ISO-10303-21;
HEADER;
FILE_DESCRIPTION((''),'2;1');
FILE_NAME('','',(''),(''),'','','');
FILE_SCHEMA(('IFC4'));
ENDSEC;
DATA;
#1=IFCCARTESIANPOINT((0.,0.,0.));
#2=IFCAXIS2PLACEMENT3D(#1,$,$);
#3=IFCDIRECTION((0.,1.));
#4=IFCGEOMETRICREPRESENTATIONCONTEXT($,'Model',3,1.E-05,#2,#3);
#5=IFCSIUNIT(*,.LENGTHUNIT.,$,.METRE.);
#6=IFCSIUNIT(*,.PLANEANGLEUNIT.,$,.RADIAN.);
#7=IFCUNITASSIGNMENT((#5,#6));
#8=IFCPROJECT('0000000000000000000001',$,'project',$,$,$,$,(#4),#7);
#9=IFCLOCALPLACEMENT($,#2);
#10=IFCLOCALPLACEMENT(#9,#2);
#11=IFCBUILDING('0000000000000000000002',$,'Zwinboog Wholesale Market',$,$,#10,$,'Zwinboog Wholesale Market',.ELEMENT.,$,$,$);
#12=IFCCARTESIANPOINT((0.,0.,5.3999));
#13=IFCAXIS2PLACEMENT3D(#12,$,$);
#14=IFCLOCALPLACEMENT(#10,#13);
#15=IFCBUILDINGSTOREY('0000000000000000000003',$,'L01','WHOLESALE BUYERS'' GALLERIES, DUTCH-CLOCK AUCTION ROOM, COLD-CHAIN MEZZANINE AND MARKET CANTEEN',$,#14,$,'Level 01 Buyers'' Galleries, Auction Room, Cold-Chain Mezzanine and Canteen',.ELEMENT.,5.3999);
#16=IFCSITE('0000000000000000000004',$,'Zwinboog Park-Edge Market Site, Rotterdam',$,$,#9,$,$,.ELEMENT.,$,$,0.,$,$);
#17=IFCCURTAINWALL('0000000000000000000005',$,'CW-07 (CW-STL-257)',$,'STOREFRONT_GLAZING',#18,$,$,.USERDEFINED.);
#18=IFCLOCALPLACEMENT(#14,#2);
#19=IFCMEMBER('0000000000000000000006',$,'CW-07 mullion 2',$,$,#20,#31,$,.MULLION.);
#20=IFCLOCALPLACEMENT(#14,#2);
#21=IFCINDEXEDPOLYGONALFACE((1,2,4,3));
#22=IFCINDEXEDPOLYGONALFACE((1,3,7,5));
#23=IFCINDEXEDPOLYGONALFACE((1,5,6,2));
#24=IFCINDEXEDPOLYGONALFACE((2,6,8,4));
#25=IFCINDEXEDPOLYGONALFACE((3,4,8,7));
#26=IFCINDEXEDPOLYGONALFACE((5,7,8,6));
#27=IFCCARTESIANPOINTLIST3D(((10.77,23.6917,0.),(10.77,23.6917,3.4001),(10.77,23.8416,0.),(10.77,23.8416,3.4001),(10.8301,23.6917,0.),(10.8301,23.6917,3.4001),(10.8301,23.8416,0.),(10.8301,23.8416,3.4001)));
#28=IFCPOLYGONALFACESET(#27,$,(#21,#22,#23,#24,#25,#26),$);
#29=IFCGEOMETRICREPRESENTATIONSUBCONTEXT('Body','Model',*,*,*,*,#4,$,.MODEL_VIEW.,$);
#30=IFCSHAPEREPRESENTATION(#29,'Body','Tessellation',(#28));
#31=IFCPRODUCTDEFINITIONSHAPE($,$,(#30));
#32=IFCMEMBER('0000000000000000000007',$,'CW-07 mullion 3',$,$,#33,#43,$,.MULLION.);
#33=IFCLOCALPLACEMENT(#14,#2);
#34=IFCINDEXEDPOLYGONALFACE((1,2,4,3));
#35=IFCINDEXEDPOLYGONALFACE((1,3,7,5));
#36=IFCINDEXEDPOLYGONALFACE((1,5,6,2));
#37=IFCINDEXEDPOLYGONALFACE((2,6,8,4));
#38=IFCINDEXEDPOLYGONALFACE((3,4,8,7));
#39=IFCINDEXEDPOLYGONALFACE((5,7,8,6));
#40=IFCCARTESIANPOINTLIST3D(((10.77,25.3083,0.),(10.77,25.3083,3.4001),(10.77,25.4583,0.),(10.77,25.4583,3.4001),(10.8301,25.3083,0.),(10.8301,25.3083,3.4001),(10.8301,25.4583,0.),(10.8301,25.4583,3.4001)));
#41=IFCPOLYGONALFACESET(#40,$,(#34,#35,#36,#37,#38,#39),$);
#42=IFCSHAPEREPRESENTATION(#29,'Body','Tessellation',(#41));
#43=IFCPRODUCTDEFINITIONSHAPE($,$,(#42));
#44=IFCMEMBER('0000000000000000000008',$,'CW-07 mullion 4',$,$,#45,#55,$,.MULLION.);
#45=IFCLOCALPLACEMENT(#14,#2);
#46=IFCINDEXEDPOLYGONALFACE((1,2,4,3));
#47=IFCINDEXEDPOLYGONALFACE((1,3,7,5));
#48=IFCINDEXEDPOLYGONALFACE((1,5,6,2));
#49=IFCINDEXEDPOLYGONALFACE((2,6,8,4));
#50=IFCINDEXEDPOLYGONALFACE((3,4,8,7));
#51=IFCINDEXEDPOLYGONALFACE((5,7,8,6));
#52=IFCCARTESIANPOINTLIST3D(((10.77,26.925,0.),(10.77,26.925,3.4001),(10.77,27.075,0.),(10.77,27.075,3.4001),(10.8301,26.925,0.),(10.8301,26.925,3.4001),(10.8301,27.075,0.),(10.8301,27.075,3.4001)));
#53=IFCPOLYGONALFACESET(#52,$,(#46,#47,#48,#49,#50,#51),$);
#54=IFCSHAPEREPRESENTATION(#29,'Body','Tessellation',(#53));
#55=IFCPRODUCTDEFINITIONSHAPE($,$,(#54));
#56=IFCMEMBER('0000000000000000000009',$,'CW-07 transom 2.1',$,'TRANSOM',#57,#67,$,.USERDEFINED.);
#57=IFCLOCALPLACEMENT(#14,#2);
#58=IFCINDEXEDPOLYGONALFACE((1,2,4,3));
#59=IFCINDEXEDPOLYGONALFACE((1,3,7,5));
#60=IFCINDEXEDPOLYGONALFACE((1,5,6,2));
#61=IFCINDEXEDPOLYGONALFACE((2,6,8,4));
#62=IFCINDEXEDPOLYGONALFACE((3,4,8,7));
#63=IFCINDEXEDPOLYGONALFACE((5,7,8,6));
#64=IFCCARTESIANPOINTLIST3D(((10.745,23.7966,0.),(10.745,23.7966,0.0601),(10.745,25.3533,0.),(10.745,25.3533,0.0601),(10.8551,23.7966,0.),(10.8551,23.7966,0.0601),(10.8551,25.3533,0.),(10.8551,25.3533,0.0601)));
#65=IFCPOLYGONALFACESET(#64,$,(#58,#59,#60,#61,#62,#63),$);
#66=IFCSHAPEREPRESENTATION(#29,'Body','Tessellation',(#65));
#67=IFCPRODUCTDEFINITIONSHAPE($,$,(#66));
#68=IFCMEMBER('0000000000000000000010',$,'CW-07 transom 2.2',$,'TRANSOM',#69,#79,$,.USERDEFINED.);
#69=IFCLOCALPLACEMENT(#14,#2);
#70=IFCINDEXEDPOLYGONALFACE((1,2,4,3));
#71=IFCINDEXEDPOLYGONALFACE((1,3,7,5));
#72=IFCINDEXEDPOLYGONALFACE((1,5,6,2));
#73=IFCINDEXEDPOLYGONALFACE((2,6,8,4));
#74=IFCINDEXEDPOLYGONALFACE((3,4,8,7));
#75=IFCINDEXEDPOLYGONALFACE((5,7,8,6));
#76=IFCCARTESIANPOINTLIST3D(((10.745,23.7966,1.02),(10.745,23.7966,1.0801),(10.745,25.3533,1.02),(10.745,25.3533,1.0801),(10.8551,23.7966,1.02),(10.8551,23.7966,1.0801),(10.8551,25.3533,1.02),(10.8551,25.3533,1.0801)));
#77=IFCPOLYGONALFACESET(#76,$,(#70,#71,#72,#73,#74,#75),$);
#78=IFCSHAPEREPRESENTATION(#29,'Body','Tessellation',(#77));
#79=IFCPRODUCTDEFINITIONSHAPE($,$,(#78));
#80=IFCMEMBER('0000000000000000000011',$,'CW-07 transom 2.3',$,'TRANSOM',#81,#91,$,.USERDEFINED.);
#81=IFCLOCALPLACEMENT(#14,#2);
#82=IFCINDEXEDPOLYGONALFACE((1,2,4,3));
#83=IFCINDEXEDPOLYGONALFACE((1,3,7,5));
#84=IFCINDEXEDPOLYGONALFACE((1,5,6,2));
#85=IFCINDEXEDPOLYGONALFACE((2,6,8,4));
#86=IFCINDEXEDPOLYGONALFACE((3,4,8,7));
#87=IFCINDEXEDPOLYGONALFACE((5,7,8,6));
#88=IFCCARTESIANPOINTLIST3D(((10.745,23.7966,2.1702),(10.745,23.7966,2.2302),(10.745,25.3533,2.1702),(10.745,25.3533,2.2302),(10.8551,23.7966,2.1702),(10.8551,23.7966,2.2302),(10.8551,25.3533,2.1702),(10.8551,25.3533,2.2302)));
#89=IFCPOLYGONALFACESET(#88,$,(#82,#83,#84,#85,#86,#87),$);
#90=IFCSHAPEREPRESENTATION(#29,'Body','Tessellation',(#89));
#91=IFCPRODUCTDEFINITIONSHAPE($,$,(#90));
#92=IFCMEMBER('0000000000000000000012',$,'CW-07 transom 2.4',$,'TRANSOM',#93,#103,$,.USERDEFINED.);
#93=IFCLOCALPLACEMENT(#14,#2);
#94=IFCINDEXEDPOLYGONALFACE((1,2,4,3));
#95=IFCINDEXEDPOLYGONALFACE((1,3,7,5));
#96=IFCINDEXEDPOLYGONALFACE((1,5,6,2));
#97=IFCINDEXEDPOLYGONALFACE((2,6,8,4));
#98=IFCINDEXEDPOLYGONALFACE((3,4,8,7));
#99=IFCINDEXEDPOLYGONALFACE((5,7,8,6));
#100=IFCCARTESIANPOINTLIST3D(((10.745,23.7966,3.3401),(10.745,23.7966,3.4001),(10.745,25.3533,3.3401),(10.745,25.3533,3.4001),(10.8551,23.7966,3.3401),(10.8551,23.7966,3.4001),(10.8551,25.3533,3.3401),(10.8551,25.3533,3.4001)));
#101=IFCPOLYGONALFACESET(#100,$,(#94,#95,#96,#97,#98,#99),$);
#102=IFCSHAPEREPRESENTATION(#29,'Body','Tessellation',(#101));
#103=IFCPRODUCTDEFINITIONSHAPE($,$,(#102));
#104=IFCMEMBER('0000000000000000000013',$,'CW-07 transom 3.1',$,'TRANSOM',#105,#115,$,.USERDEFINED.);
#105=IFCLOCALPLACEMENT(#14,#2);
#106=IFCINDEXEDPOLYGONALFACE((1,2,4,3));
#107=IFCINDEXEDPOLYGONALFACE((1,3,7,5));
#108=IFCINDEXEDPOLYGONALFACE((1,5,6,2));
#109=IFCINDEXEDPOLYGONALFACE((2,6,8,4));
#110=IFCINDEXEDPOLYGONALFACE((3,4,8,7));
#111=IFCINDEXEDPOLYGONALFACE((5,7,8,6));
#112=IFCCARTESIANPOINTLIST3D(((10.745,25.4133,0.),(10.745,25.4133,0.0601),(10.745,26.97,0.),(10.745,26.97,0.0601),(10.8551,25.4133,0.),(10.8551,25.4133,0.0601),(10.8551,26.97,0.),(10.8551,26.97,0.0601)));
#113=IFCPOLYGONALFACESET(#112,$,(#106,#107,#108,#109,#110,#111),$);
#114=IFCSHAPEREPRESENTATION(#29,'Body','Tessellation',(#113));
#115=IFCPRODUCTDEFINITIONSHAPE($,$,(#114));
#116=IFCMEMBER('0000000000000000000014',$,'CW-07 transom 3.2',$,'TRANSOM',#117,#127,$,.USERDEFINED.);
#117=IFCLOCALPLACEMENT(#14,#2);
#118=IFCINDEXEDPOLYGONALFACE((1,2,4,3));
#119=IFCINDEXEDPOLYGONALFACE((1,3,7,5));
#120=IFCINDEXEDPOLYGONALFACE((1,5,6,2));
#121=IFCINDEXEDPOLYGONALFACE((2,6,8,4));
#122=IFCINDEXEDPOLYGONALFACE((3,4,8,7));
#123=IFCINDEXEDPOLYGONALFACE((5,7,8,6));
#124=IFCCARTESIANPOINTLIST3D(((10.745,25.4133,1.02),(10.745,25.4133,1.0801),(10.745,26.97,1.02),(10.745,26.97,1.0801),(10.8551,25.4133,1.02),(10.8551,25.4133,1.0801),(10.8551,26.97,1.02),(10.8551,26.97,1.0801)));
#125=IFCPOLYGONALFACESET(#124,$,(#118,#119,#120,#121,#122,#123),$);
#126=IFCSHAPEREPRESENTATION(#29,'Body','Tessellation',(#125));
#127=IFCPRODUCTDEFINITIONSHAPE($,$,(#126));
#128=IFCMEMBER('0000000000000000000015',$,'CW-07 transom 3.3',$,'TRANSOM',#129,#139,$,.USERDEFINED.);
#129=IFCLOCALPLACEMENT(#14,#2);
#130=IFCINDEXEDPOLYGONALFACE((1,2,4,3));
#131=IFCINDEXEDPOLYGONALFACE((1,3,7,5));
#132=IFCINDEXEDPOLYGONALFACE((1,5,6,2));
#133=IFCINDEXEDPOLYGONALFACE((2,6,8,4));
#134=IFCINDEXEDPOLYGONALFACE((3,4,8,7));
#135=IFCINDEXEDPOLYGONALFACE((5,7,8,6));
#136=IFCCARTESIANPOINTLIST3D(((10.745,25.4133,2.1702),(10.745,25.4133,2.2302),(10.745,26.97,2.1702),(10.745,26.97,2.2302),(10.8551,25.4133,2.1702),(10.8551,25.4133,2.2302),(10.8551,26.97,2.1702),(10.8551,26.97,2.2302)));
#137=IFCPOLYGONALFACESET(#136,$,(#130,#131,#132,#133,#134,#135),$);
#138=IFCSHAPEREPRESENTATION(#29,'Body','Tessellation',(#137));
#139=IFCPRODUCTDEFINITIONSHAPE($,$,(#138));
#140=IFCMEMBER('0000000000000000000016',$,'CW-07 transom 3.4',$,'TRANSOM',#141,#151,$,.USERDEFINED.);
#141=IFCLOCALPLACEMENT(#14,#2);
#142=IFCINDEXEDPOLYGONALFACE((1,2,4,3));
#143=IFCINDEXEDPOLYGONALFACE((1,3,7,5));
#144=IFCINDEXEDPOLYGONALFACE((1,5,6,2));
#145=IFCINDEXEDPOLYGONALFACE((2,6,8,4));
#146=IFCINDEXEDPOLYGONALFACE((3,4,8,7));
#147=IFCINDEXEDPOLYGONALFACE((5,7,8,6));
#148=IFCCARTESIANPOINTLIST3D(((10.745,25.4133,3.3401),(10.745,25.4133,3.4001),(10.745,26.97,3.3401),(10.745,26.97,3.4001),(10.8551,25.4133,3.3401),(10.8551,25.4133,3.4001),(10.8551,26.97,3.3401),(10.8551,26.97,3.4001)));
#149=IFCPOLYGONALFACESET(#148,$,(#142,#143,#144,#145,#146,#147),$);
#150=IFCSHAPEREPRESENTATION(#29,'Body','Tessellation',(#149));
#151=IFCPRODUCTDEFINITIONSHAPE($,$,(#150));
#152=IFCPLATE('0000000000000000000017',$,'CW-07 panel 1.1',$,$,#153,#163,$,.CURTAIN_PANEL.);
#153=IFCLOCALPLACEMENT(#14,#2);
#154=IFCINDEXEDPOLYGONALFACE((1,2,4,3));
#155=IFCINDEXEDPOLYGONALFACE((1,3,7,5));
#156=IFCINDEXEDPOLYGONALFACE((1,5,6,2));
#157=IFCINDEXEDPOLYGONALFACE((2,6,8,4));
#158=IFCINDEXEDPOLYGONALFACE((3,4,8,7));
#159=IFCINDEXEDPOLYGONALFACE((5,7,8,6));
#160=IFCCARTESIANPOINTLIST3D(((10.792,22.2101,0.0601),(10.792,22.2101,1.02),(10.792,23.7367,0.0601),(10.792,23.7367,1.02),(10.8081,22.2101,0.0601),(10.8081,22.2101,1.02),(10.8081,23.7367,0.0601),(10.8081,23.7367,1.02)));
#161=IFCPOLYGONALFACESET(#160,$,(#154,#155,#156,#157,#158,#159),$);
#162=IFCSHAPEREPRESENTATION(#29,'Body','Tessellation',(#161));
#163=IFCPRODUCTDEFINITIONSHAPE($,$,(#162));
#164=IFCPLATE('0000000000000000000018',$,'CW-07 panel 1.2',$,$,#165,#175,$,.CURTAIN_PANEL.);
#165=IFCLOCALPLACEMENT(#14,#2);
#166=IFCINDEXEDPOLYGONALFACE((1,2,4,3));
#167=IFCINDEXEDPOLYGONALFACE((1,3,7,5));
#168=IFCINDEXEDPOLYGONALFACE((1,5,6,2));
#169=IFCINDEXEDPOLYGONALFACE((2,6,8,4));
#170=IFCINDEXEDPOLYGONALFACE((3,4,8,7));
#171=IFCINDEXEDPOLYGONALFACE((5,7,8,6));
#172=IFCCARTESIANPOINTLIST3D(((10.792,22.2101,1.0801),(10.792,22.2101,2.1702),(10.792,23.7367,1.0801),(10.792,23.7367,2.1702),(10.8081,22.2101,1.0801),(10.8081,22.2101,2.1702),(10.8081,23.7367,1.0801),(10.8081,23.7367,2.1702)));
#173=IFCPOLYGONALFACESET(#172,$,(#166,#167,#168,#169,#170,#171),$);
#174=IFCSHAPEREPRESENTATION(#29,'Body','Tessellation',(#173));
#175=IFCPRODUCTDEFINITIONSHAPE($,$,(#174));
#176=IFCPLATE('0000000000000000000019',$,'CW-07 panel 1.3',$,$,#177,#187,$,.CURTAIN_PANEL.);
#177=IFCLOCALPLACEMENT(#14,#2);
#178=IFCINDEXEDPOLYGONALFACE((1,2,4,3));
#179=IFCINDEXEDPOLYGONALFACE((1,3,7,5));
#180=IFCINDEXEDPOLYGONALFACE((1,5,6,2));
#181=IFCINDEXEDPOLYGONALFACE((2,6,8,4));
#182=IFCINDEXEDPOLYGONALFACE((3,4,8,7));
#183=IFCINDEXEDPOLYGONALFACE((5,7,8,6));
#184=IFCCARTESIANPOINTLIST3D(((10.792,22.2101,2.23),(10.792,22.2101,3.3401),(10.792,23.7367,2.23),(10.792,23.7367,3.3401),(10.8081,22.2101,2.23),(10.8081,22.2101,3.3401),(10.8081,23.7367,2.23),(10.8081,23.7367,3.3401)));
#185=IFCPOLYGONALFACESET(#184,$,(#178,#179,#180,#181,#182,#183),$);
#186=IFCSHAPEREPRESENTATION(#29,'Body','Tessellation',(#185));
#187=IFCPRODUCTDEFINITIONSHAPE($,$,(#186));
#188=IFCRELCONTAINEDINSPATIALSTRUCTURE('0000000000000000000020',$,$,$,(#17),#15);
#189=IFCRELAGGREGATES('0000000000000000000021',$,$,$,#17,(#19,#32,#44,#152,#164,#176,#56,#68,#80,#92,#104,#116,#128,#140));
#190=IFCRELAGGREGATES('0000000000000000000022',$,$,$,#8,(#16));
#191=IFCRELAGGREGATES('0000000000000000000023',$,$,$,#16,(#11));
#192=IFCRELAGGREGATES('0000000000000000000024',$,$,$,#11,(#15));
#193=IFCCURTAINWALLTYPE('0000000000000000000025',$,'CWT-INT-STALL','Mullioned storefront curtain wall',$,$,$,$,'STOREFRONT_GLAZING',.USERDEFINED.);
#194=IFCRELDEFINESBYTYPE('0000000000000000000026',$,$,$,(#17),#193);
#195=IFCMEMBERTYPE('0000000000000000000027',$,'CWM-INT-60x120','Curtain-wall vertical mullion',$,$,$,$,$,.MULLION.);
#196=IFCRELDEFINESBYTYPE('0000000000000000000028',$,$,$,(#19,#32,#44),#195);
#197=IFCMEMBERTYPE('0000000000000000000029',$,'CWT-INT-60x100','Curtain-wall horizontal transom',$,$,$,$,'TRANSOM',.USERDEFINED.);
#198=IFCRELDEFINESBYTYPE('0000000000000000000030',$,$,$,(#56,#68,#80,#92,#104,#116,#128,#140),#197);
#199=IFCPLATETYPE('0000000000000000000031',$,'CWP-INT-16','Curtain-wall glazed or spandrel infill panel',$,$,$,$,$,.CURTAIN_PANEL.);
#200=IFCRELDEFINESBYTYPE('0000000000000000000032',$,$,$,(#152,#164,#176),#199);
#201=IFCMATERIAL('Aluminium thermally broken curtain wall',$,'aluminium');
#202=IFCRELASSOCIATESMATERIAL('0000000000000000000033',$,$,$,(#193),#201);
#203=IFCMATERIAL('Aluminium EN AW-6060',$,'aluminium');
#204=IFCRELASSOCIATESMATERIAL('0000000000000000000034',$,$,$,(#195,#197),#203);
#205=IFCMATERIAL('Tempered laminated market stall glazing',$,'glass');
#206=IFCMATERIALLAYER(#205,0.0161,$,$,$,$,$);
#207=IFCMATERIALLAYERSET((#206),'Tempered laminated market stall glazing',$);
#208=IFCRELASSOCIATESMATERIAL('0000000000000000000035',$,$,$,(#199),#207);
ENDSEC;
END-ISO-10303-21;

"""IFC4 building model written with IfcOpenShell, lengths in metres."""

from ifc_helpers import new_model, si_unit, direction, frame, origin, origin_2d, place, context, subcontext, project, spatial, rectangle, extrude, material, layer, layer_set, material_profile, profile_set, type_object, element, aggregate, save


model = new_model("IFC4")

# Units and contexts
model_context = context("Model", 3, precision=1e-05, world=origin(), true_north=direction((0.0, 1.0)))
body_context = subcontext(model_context, "Body", "Model", "MODEL_VIEW")
ifc_project = project(units=[si_unit("LENGTHUNIT", "METRE"), si_unit("PLANEANGLEUNIT", "RADIAN")], contexts=[model_context])

# Site, building, storey
site_placement = place(None, origin())
site = spatial("IfcSite", under=ifc_project, at=site_placement, Name="Zwinboog Park-Edge Market Site, Rotterdam", CompositionType="ELEMENT", RefElevation=0.0)
building_placement = place(site_placement, origin())
building = spatial("IfcBuilding", under=site, at=building_placement, Name="Zwinboog Wholesale Market", LongName="Zwinboog Wholesale Market", CompositionType="ELEMENT")
storey_placement = place(building_placement, frame((0.0, 0.0, 5.3999)))
storey = spatial("IfcBuildingStorey", under=building, at=storey_placement, Name="L01", Description="WHOLESALE BUYERS' GALLERIES, DUTCH-CLOCK AUCTION ROOM, COLD-CHAIN MEZZANINE AND MARKET CANTEEN", LongName="Level 01 Buyers' Galleries, Auction Room, Cold-Chain Mezzanine and Canteen", CompositionType="ELEMENT", Elevation=5.3999)

# Curtain wall, members, plates
ifc_material_1 = material(Name="Aluminium thermally broken curtain wall", Category="aluminium")
curtain_wall_type = type_object("IfcCurtainWallType", Name="CWT-INT-STALL", Description="Mullioned storefront curtain wall", ElementType="STOREFRONT_GLAZING", PredefinedType="USERDEFINED", material=ifc_material_1)
curtain_wall_placement = place(storey_placement, origin())
curtain_wall = element("IfcCurtainWall", 1, at=curtain_wall_placement, inside=storey, type_object=curtain_wall_type, Name="CW-07 (CW-STL-257)", ObjectType="STOREFRONT_GLAZING", PredefinedType="USERDEFINED")
ifc_material_2 = material(Name="Aluminium EN AW-6060", Category="aluminium")
ifc_material_profile_1 = material_profile(ifc_material_2, rectangle(XDim=0.0601, YDim=0.1499, at=origin_2d()), Name="AL 60x150")
ifc_profile_set_1 = profile_set([ifc_material_profile_1], Name="Aluminium EN AW-6060")
member_type_1 = type_object("IfcMemberType", Name="CWM-INT-60x120", Description="Curtain-wall vertical mullion", PredefinedType="MULLION", material=ifc_profile_set_1)
member_1_placement = place(storey_placement, frame((10.8, 23.7666, 0.0), z_axis=(0.0, 0.0, 1.0), x_axis=(-1.0, 0.0, 0.0)))
member_1 = element("IfcMember", 2, at=member_1_placement, type_object=member_type_1, Name="CW-07 mullion 2", PredefinedType="MULLION", context=body_context, shape_type="SweptSolid", body=[
    extrude(rectangle(XDim=0.0601, YDim=0.1499, at=origin_2d()), origin(), (0.0, 0.0, 1.0), 3.4001),
])
member_2_placement = place(storey_placement, frame((10.8, 25.3833, 0.0), z_axis=(0.0, 0.0, 1.0), x_axis=(-1.0, 0.0, 0.0)))
member_2 = element("IfcMember", 3, at=member_2_placement, type_object=member_type_1, Name="CW-07 mullion 3", PredefinedType="MULLION", context=body_context, shape_type="SweptSolid", body=[
    extrude(rectangle(XDim=0.0601, YDim=0.1499, at=origin_2d()), origin(), (0.0, 0.0, 1.0), 3.4001),
])
member_3_placement = place(storey_placement, frame((10.8, 27.0, 0.0), z_axis=(0.0, 0.0, 1.0), x_axis=(-1.0, 0.0, 0.0)))
member_3 = element("IfcMember", 4, at=member_3_placement, type_object=member_type_1, Name="CW-07 mullion 4", PredefinedType="MULLION", context=body_context, shape_type="SweptSolid", body=[
    extrude(rectangle(XDim=0.0601, YDim=0.1499, at=origin_2d()), origin(), (0.0, 0.0, 1.0), 3.4001),
])
ifc_material_profile_2 = material_profile(ifc_material_2, rectangle(XDim=0.1101, YDim=0.0601, at=origin_2d()), Name="AL 60x110")
ifc_profile_set_2 = profile_set([ifc_material_profile_2], Name="Aluminium EN AW-6060")
member_type_2 = type_object("IfcMemberType", Name="CWT-INT-60x100", Description="Curtain-wall horizontal transom", ElementType="TRANSOM", PredefinedType="USERDEFINED", material=ifc_profile_set_2)
member_4_placement = place(storey_placement, frame((10.8, 23.7966, 0.03), z_axis=(0.0, 1.0, 0.0), x_axis=(-1.0, 0.0, 0.0)))
member_4 = element("IfcMember", 5, at=member_4_placement, type_object=member_type_2, Name="CW-07 transom 2.1", ObjectType="TRANSOM", PredefinedType="USERDEFINED", context=body_context, shape_type="SweptSolid", body=[
    extrude(rectangle(XDim=0.1101, YDim=0.0601, at=origin_2d()), origin(), (0.0, 0.0, 1.0), 1.5566),
])
member_5_placement = place(storey_placement, frame((10.8, 23.7966, 1.05), z_axis=(0.0, 1.0, 0.0), x_axis=(-1.0, 0.0, 0.0)))
member_5 = element("IfcMember", 6, at=member_5_placement, type_object=member_type_2, Name="CW-07 transom 2.2", ObjectType="TRANSOM", PredefinedType="USERDEFINED", context=body_context, shape_type="SweptSolid", body=[
    extrude(rectangle(XDim=0.1101, YDim=0.0601, at=origin_2d()), origin(), (0.0, 0.0, 1.0), 1.5566),
])
member_6_placement = place(storey_placement, frame((10.8, 23.7966, 2.2002), z_axis=(0.0, 1.0, 0.0), x_axis=(-1.0, 0.0, 0.0)))
member_6 = element("IfcMember", 7, at=member_6_placement, type_object=member_type_2, Name="CW-07 transom 2.3", ObjectType="TRANSOM", PredefinedType="USERDEFINED", context=body_context, shape_type="SweptSolid", body=[
    extrude(rectangle(XDim=0.1101, YDim=0.0601, at=origin_2d()), origin(), (0.0, 0.0, 1.0), 1.5566),
])
member_7_placement = place(storey_placement, frame((10.8, 23.7966, 3.3701), z_axis=(0.0, 1.0, 0.0), x_axis=(-1.0, 0.0, 0.0)))
member_7 = element("IfcMember", 8, at=member_7_placement, type_object=member_type_2, Name="CW-07 transom 2.4", ObjectType="TRANSOM", PredefinedType="USERDEFINED", context=body_context, shape_type="SweptSolid", body=[
    extrude(rectangle(XDim=0.1101, YDim=0.0601, at=origin_2d()), origin(), (0.0, 0.0, 1.0), 1.5566),
])
member_8_placement = place(storey_placement, frame((10.8, 25.4133, 0.03), z_axis=(0.0, 1.0, 0.0), x_axis=(-1.0, 0.0, 0.0)))
member_8 = element("IfcMember", 9, at=member_8_placement, type_object=member_type_2, Name="CW-07 transom 3.1", ObjectType="TRANSOM", PredefinedType="USERDEFINED", context=body_context, shape_type="SweptSolid", body=[
    extrude(rectangle(XDim=0.1101, YDim=0.0601, at=origin_2d()), origin(), (0.0, 0.0, 1.0), 1.5566),
])
member_9_placement = place(storey_placement, frame((10.8, 25.4133, 1.05), z_axis=(0.0, 1.0, 0.0), x_axis=(-1.0, 0.0, 0.0)))
member_9 = element("IfcMember", 10, at=member_9_placement, type_object=member_type_2, Name="CW-07 transom 3.2", ObjectType="TRANSOM", PredefinedType="USERDEFINED", context=body_context, shape_type="SweptSolid", body=[
    extrude(rectangle(XDim=0.1101, YDim=0.0601, at=origin_2d()), origin(), (0.0, 0.0, 1.0), 1.5566),
])
member_10_placement = place(storey_placement, frame((10.8, 25.4133, 2.2002), z_axis=(0.0, 1.0, 0.0), x_axis=(-1.0, 0.0, 0.0)))
member_10 = element("IfcMember", 11, at=member_10_placement, type_object=member_type_2, Name="CW-07 transom 3.3", ObjectType="TRANSOM", PredefinedType="USERDEFINED", context=body_context, shape_type="SweptSolid", body=[
    extrude(rectangle(XDim=0.1101, YDim=0.0601, at=origin_2d()), origin(), (0.0, 0.0, 1.0), 1.5566),
])
member_11_placement = place(storey_placement, frame((10.8, 25.4133, 3.3701), z_axis=(0.0, 1.0, 0.0), x_axis=(-1.0, 0.0, 0.0)))
member_11 = element("IfcMember", 12, at=member_11_placement, type_object=member_type_2, Name="CW-07 transom 3.4", ObjectType="TRANSOM", PredefinedType="USERDEFINED", context=body_context, shape_type="SweptSolid", body=[
    extrude(rectangle(XDim=0.1101, YDim=0.0601, at=origin_2d()), origin(), (0.0, 0.0, 1.0), 1.5566),
])
ifc_material_3 = material(Name="Tempered laminated market stall glazing", Category="glass")
ifc_layer = layer(ifc_material_3, 0.0161)
ifc_layer_set = layer_set([ifc_layer], Name="Tempered laminated market stall glazing")
plate_type = type_object("IfcPlateType", Name="CWP-INT-16", Description="Curtain-wall glazed or spandrel infill panel", PredefinedType="CURTAIN_PANEL", material=ifc_layer_set)
plate_1_placement = place(storey_placement, frame((10.8, 22.9734, 0.0601), z_axis=(0.0, 0.0, 1.0), x_axis=(0.0, 1.0, 0.0)))
plate_1 = element("IfcPlate", 13, at=plate_1_placement, type_object=plate_type, Name="CW-07 panel 1.1", PredefinedType="CURTAIN_PANEL", context=body_context, shape_type="SweptSolid", body=[
    extrude(rectangle(XDim=1.5266, YDim=0.0161, at=origin_2d()), origin(), (0.0, 0.0, 1.0), 0.96),
])
plate_2_placement = place(storey_placement, frame((10.8, 22.9734, 1.0801), z_axis=(0.0, 0.0, 1.0), x_axis=(0.0, 1.0, 0.0)))
plate_2 = element("IfcPlate", 14, at=plate_2_placement, type_object=plate_type, Name="CW-07 panel 1.2", PredefinedType="CURTAIN_PANEL", context=body_context, shape_type="SweptSolid", body=[
    extrude(rectangle(XDim=1.5266, YDim=0.0161, at=origin_2d()), origin(), (0.0, 0.0, 1.0), 1.0901),
])
plate_3_placement = place(storey_placement, frame((10.8, 22.9734, 2.23), z_axis=(0.0, 0.0, 1.0), x_axis=(0.0, 1.0, 0.0)))
plate_3 = element("IfcPlate", 15, at=plate_3_placement, type_object=plate_type, Name="CW-07 panel 1.3", PredefinedType="CURTAIN_PANEL", context=body_context, shape_type="SweptSolid", body=[
    extrude(rectangle(XDim=1.5266, YDim=0.0161, at=origin_2d()), origin(), (0.0, 0.0, 1.0), 1.1101),
])
aggregate(curtain_wall, [member_1, member_2, member_3, plate_1, plate_2, plate_3, member_4, member_5, member_6, member_7, member_8, member_9, member_10, member_11])

save(model, "model.ifc")
